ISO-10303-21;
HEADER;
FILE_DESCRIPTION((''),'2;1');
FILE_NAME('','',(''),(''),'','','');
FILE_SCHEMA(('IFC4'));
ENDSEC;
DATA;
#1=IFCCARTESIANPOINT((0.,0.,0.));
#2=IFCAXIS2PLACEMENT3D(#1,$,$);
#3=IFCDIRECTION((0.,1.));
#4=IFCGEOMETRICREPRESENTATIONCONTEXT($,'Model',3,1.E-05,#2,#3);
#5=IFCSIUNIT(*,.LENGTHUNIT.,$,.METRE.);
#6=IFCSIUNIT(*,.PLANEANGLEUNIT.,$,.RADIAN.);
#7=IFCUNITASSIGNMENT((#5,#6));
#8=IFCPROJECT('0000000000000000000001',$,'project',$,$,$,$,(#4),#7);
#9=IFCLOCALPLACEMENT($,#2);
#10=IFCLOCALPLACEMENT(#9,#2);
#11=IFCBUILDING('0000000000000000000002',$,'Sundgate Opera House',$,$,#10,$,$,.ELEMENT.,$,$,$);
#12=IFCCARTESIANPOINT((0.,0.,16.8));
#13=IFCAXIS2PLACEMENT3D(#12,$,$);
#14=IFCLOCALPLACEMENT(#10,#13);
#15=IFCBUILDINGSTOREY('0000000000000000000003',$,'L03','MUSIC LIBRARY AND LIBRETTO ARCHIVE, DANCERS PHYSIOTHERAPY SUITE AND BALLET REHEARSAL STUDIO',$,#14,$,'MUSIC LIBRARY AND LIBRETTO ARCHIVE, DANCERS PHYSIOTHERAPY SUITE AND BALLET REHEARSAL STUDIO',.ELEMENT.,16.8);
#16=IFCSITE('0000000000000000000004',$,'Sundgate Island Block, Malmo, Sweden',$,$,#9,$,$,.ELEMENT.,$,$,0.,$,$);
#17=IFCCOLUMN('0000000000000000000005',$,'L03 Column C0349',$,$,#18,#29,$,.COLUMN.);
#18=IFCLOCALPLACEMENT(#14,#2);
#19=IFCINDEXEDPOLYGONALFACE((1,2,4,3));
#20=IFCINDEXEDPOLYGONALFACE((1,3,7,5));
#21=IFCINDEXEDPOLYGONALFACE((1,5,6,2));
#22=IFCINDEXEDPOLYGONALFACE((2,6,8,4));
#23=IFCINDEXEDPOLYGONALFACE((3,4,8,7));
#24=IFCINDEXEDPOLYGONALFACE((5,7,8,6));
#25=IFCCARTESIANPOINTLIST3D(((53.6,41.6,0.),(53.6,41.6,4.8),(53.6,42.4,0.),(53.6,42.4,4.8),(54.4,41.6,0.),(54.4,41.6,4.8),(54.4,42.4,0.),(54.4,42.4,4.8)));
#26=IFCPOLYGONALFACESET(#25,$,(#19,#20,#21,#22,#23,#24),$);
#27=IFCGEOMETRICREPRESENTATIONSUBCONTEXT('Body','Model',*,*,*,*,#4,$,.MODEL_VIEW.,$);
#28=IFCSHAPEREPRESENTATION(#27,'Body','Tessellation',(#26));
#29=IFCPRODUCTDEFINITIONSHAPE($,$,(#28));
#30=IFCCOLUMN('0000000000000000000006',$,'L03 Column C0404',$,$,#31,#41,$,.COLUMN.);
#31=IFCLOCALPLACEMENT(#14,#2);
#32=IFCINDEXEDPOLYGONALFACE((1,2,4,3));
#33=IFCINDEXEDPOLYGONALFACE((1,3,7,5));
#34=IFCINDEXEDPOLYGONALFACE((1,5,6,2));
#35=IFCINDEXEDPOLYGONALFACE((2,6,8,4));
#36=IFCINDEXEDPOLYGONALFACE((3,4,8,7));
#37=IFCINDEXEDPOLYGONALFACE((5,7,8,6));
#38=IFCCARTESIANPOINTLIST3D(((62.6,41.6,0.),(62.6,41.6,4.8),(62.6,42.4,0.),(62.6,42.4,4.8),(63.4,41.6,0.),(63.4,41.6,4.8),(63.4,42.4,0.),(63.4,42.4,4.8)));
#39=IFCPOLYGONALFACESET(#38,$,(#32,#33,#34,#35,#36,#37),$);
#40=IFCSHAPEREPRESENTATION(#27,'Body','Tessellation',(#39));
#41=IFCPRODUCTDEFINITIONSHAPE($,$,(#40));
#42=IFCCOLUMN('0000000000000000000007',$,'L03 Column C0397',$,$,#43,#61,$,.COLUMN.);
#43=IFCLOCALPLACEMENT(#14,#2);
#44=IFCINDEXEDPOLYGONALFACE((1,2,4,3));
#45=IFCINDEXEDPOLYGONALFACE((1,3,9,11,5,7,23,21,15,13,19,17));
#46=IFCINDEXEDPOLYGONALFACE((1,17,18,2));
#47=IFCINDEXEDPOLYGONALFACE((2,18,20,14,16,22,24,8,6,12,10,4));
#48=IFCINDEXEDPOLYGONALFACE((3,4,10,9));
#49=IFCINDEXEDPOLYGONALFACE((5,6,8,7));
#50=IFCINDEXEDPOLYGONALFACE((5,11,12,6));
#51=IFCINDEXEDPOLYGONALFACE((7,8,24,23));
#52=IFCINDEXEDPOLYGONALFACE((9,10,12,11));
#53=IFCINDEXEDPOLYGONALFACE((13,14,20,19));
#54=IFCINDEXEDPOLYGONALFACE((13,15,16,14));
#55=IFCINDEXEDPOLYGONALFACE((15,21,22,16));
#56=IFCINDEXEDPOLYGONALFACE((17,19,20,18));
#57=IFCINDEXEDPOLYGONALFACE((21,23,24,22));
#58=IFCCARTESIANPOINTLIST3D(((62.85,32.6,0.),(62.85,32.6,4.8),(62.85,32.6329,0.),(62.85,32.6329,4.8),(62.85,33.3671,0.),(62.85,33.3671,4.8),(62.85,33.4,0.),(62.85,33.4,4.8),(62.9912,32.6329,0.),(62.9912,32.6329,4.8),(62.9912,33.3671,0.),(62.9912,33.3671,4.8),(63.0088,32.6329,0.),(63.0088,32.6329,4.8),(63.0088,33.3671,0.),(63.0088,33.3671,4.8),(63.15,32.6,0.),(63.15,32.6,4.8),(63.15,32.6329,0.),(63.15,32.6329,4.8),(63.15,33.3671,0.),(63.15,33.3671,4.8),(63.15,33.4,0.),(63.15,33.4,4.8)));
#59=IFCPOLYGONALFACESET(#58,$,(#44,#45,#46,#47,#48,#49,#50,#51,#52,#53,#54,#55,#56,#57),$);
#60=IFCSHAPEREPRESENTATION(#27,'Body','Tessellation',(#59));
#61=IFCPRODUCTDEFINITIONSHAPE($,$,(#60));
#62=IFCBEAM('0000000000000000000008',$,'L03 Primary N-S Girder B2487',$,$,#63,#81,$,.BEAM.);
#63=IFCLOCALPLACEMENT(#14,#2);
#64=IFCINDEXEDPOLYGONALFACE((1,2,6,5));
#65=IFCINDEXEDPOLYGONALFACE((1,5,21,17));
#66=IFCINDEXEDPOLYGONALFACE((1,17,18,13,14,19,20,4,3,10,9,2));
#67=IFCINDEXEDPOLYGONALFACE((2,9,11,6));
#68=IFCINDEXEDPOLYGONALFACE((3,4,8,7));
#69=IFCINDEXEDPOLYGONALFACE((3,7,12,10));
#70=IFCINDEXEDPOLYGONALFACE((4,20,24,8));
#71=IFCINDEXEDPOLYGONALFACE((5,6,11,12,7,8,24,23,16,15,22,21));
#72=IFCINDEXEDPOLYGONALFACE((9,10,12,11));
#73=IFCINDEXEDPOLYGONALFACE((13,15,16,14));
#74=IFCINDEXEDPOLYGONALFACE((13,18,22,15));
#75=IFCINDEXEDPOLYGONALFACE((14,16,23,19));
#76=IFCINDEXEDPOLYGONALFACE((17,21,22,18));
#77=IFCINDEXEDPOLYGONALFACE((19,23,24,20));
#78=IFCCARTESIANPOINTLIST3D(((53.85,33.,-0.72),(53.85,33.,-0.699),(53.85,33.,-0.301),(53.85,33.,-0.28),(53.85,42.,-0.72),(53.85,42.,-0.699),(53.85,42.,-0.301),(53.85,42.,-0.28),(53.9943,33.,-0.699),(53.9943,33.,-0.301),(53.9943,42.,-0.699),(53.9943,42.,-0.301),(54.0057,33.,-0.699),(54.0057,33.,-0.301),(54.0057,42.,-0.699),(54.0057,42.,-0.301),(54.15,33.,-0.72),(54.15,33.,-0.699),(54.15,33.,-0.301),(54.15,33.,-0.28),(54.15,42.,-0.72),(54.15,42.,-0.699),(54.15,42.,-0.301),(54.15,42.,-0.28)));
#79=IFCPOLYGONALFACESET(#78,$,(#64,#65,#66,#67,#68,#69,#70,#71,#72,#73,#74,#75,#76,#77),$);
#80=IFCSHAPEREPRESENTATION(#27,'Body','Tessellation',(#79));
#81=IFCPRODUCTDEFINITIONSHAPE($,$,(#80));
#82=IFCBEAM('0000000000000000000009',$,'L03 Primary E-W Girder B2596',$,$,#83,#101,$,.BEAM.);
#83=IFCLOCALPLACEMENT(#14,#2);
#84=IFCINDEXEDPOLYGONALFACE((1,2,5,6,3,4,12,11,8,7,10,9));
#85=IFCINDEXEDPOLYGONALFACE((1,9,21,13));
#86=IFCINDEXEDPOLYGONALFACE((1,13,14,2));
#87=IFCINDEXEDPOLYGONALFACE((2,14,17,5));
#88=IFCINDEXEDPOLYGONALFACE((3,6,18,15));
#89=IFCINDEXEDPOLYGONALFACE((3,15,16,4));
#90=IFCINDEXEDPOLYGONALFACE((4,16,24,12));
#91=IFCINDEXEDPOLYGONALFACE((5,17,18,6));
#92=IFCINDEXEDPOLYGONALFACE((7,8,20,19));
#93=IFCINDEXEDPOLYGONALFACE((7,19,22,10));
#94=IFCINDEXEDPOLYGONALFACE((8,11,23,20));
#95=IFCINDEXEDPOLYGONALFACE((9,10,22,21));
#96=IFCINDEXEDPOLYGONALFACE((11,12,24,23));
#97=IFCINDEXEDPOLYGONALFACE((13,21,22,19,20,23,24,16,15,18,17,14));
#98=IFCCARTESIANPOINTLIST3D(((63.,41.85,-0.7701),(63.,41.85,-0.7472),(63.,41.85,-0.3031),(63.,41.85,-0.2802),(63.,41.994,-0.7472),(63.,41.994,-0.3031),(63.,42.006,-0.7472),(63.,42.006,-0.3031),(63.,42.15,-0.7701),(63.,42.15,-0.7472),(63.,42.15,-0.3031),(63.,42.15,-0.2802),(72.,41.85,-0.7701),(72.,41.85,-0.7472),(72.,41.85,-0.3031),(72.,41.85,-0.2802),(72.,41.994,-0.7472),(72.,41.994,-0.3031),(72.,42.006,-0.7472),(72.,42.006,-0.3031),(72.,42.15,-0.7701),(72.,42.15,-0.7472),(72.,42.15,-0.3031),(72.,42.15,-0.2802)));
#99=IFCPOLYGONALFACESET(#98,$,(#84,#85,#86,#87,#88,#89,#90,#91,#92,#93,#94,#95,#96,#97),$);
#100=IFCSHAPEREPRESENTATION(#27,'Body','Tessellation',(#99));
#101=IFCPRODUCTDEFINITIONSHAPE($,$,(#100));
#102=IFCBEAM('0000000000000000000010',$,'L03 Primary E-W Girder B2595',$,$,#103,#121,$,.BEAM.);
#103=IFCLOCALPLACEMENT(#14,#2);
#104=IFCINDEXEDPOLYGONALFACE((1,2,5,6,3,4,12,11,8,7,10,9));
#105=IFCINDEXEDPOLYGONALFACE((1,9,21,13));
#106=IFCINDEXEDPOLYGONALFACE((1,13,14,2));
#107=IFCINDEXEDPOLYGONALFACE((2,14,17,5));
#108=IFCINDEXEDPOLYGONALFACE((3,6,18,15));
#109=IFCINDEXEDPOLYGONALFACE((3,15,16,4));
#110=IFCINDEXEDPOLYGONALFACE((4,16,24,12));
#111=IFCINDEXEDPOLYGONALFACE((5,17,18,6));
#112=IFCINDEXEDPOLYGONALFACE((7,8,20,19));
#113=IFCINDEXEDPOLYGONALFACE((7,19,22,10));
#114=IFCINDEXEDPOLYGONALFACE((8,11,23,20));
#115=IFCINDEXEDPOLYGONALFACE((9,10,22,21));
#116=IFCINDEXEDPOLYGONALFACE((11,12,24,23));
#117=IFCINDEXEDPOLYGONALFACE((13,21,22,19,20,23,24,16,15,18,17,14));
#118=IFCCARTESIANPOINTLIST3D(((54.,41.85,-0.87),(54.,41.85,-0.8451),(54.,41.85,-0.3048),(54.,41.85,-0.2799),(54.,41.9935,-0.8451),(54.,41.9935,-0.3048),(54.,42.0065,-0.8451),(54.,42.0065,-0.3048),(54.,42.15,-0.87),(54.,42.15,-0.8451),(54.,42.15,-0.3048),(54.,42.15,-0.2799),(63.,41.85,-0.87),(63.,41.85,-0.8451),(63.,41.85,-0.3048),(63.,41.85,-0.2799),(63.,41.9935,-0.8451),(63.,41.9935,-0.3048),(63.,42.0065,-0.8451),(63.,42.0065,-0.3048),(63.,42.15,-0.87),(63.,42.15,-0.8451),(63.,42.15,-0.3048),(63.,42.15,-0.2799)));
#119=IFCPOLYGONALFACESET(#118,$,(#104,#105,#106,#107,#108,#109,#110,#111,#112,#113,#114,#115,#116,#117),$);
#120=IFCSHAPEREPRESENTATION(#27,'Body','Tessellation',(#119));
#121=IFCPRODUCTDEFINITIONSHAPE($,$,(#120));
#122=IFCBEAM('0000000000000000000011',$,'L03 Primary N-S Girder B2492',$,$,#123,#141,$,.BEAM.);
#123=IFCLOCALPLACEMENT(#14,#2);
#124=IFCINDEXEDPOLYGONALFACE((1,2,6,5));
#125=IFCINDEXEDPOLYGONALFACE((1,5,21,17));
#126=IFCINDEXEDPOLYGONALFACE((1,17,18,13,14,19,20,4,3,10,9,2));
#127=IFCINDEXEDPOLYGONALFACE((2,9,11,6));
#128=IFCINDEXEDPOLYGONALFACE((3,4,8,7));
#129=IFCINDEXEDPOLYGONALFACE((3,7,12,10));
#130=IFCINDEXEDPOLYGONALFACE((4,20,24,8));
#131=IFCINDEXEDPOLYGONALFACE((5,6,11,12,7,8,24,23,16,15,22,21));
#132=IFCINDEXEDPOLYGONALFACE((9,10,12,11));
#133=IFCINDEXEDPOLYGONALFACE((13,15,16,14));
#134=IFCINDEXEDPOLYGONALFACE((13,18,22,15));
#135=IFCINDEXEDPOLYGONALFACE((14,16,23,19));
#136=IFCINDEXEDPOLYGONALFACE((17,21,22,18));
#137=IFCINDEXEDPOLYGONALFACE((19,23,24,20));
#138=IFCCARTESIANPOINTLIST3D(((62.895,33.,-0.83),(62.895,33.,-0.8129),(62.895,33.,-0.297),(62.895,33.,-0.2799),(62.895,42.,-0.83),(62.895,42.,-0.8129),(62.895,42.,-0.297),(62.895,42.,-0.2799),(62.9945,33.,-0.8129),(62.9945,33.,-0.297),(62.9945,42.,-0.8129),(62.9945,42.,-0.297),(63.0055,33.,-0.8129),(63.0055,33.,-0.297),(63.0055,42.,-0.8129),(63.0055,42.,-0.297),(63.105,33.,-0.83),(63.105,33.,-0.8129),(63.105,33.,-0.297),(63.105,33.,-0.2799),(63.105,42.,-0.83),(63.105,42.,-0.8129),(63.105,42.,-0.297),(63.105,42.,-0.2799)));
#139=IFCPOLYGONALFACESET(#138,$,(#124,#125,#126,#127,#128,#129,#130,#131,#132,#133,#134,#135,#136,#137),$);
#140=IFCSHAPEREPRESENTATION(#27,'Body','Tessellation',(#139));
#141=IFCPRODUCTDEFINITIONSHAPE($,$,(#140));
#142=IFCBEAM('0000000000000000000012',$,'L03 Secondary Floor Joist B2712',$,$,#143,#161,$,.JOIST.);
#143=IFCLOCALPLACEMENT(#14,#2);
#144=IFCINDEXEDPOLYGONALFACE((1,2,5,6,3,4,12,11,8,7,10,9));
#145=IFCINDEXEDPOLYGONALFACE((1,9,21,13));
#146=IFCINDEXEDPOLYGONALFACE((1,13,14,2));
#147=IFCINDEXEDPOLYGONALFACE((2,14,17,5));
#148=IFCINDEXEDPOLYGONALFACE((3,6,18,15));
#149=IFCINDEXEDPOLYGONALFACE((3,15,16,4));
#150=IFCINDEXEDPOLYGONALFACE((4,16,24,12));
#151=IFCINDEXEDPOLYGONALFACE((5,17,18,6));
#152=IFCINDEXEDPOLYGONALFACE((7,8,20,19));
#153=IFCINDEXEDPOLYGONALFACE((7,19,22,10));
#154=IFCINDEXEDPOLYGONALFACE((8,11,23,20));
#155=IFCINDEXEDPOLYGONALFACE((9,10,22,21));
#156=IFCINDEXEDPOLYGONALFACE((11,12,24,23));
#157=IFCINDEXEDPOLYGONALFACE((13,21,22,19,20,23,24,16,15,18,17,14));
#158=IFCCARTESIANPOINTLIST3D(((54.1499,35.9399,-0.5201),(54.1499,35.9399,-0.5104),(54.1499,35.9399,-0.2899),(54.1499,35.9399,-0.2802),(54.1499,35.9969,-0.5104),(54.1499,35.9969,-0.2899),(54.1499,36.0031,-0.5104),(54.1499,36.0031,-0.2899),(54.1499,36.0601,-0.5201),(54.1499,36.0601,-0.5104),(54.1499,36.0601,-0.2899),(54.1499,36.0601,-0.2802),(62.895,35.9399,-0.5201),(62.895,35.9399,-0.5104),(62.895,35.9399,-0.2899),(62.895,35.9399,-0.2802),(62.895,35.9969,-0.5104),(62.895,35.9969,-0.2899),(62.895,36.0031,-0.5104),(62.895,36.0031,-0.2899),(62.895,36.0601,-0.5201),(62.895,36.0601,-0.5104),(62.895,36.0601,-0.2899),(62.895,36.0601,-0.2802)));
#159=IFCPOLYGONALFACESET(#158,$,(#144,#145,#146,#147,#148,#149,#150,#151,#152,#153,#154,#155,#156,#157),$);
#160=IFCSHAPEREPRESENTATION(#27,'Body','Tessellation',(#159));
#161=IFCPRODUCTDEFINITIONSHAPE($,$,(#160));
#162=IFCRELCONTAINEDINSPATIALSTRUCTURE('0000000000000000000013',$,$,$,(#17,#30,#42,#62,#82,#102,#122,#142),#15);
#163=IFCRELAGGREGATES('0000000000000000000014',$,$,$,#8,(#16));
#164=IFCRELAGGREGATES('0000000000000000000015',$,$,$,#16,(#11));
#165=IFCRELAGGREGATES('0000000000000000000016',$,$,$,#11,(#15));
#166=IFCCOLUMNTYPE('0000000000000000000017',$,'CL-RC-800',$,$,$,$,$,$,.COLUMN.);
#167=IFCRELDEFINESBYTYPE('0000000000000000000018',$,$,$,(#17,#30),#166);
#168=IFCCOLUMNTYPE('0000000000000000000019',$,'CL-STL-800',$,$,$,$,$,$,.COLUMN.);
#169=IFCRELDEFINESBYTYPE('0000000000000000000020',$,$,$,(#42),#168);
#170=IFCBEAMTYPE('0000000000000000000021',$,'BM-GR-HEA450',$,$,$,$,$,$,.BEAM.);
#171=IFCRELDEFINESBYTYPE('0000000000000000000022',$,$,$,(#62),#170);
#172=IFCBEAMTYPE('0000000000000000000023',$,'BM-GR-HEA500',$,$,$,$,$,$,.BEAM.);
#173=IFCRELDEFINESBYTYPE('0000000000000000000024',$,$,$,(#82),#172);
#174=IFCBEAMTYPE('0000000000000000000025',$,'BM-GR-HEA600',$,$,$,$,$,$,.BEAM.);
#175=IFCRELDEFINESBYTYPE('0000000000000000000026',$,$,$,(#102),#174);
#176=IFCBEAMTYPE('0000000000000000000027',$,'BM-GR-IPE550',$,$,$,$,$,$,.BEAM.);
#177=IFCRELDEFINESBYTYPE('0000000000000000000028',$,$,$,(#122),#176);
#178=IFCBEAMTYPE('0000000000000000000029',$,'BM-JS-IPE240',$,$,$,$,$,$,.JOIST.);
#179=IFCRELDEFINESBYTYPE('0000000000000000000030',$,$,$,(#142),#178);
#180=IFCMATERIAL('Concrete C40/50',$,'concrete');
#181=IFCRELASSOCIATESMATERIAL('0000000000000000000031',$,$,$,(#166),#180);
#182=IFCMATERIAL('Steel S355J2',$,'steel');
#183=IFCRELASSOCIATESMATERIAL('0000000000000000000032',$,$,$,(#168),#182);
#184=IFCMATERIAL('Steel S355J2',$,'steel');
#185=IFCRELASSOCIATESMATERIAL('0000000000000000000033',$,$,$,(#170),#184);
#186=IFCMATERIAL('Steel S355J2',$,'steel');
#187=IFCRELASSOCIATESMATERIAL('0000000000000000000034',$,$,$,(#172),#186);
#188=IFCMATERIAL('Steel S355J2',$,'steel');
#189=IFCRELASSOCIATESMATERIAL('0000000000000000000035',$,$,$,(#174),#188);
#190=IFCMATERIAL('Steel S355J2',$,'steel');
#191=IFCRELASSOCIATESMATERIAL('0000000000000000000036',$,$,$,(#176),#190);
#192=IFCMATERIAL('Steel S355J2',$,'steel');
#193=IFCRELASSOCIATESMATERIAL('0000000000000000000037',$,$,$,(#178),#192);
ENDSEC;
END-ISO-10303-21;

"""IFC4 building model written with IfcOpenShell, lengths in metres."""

from ifc_helpers import new_model, si_unit, direction, frame, origin, origin_2d, place, context, subcontext, project, spatial, rectangle, i_section, extrude, material, material_profile, profile_set, type_object, element, save


model = new_model("IFC4")

# Units and contexts
model_context = context("Model", 3, precision=1e-05, world=origin(), true_north=direction((0.0, 1.0)))
body_context = subcontext(model_context, "Body", "Model", "MODEL_VIEW")
ifc_project = project(units=[si_unit("LENGTHUNIT", "METRE"), si_unit("PLANEANGLEUNIT", "RADIAN")], contexts=[model_context])

# Site, building, storey
site_placement = place(None, origin())
site = spatial("IfcSite", under=ifc_project, at=site_placement, Name="Sundgate Island Block, Malmo, Sweden", CompositionType="ELEMENT", RefElevation=0.0)
building_placement = place(site_placement, origin())
building = spatial("IfcBuilding", under=site, at=building_placement, Name="Sundgate Opera House", CompositionType="ELEMENT")
storey_placement = place(building_placement, frame((0.0, 0.0, 16.8)))
storey = spatial("IfcBuildingStorey", under=building, at=storey_placement, Name="L03", Description="MUSIC LIBRARY AND LIBRETTO ARCHIVE, DANCERS PHYSIOTHERAPY SUITE AND BALLET REHEARSAL STUDIO", LongName="MUSIC LIBRARY AND LIBRETTO ARCHIVE, DANCERS PHYSIOTHERAPY SUITE AND BALLET REHEARSAL STUDIO", CompositionType="ELEMENT", Elevation=16.8)

# Columns
ifc_material_1 = material(Name="Concrete C40/50", Category="concrete")
ifc_material_profile_1 = material_profile(ifc_material_1, rectangle(XDim=0.8, YDim=0.8, at=origin_2d()), Name="RC 800x800")
ifc_profile_set_1 = profile_set([ifc_material_profile_1], Name="Concrete C40/50")
column_type_1 = type_object("IfcColumnType", Name="CL-RC-800", PredefinedType="COLUMN", material=ifc_profile_set_1)
for number, where, z_axis, x_axis, name in (
    (1, (54.0, 42.0, 0.0), (0.0, 0.0, 1.0), (1.0, 0.0, 0.0), "L03 Column C0349"),
    (2, (63.0, 42.0, 0.0), (0.0, 0.0, 1.0), (1.0, 0.0, 0.0), "L03 Column C0404"),
):
    element("IfcColumn", number, at=place(storey_placement, frame(where, z_axis=z_axis, x_axis=x_axis)), inside=storey, type_object=column_type_1, Name=name, PredefinedType="COLUMN", context=body_context, shape_type="SweptSolid", body=[
        extrude(rectangle(XDim=0.8, YDim=0.8, at=origin_2d()), origin(), (0.0, 0.0, 1.0), 4.8),
    ])
ifc_material_2 = material(Name="Steel S355J2", Category="steel")
ifc_material_profile_2 = material_profile(ifc_material_2, i_section(OverallWidth=0.3, OverallDepth=0.8, WebThickness=0.0176, FlangeThickness=0.033, at=origin_2d()), Name="HEB 800")
ifc_profile_set_2 = profile_set([ifc_material_profile_2], Name="Steel S355J2")
column_type_2 = type_object("IfcColumnType", Name="CL-STL-800", PredefinedType="COLUMN", material=ifc_profile_set_2)
column_placement = place(storey_placement, frame((63.0, 33.0, 0.0), z_axis=(0.0, 0.0, 1.0), x_axis=(1.0, 0.0, 0.0)))
element("IfcColumn", 3, at=column_placement, inside=storey, type_object=column_type_2, Name="L03 Column C0397", PredefinedType="COLUMN", context=body_context, shape_type="SweptSolid", body=[
    extrude(i_section(OverallWidth=0.3, OverallDepth=0.8, WebThickness=0.0176, FlangeThickness=0.033, at=origin_2d()), origin(), (0.0, 0.0, 1.0), 4.8),
])

# Beams
ifc_material_3 = material(Name="Steel S355J2", Category="steel")
ifc_material_profile_3 = material_profile(ifc_material_3, i_section(OverallWidth=0.3, OverallDepth=0.4399, WebThickness=0.0115, FlangeThickness=0.021, at=origin_2d()), Name="HEA 450")
ifc_profile_set_3 = profile_set([ifc_material_profile_3], Name="Steel S355J2")
beam_type_1 = type_object("IfcBeamType", Name="BM-GR-HEA450", PredefinedType="BEAM", material=ifc_profile_set_3)
beam_1_placement = place(storey_placement, frame((54.0, 33.0, -0.5), z_axis=(0.0, 1.0, 0.0), x_axis=(-1.0, 0.0, 0.0)))
element("IfcBeam", 4, at=beam_1_placement, inside=storey, type_object=beam_type_1, Name="L03 Primary N-S Girder B2487", PredefinedType="BEAM", context=body_context, shape_type="SweptSolid", body=[
    extrude(i_section(OverallWidth=0.3, OverallDepth=0.4399, WebThickness=0.0115, FlangeThickness=0.021, at=origin_2d()), origin(), (0.0, 0.0, 1.0), 9.0),
])
ifc_material_4 = material(Name="Steel S355J2", Category="steel")
ifc_material_profile_4 = material_profile(ifc_material_4, i_section(OverallWidth=0.3, OverallDepth=0.49, WebThickness=0.012, FlangeThickness=0.0229, at=origin_2d()), Name="HEA 500")
ifc_profile_set_4 = profile_set([ifc_material_profile_4], Name="Steel S355J2")
beam_type_2 = type_object("IfcBeamType", Name="BM-GR-HEA500", PredefinedType="BEAM", material=ifc_profile_set_4)
beam_2_placement = place(storey_placement, frame((63.0, 42.0, -0.5251), z_axis=(1.0, 0.0, 0.0), x_axis=(0.0, 1.0, 0.0)))
element("IfcBeam", 5, at=beam_2_placement, inside=storey, type_object=beam_type_2, Name="L03 Primary E-W Girder B2596", PredefinedType="BEAM", context=body_context, shape_type="SweptSolid", body=[
    extrude(i_section(OverallWidth=0.3, OverallDepth=0.49, WebThickness=0.012, FlangeThickness=0.0229, at=origin_2d()), origin(), (0.0, 0.0, 1.0), 9.0),
])
ifc_material_5 = material(Name="Steel S355J2", Category="steel")
ifc_material_profile_5 = material_profile(ifc_material_5, i_section(OverallWidth=0.3, OverallDepth=0.5901, WebThickness=0.0129, FlangeThickness=0.0249, at=origin_2d()), Name="HEA 600")
ifc_profile_set_5 = profile_set([ifc_material_profile_5], Name="Steel S355J2")
beam_type_3 = type_object("IfcBeamType", Name="BM-GR-HEA600", PredefinedType="BEAM", material=ifc_profile_set_5)
beam_3_placement = place(storey_placement, frame((54.0, 42.0, -0.575), z_axis=(1.0, 0.0, 0.0), x_axis=(0.0, 1.0, 0.0)))
element("IfcBeam", 6, at=beam_3_placement, inside=storey, type_object=beam_type_3, Name="L03 Primary E-W Girder B2595", PredefinedType="BEAM", context=body_context, shape_type="SweptSolid", body=[
    extrude(i_section(OverallWidth=0.3, OverallDepth=0.5901, WebThickness=0.0129, FlangeThickness=0.0249, at=origin_2d()), origin(), (0.0, 0.0, 1.0), 9.0),
])
ifc_material_6 = material(Name="Steel S355J2", Category="steel")
ifc_material_profile_6 = material_profile(ifc_material_6, i_section(OverallWidth=0.21, OverallDepth=0.55, WebThickness=0.011, FlangeThickness=0.0171, at=origin_2d()), Name="IPE 550")
ifc_profile_set_6 = profile_set([ifc_material_profile_6], Name="Steel S355J2")
beam_type_4 = type_object("IfcBeamType", Name="BM-GR-IPE550", PredefinedType="BEAM", material=ifc_profile_set_6)
beam_4_placement = place(storey_placement, frame((63.0, 33.0, -0.5549), z_axis=(0.0, 1.0, 0.0), x_axis=(-1.0, 0.0, 0.0)))
element("IfcBeam", 7, at=beam_4_placement, inside=storey, type_object=beam_type_4, Name="L03 Primary N-S Girder B2492", PredefinedType="BEAM", context=body_context, shape_type="SweptSolid", body=[
    extrude(i_section(OverallWidth=0.21, OverallDepth=0.55, WebThickness=0.011, FlangeThickness=0.0171, at=origin_2d()), origin(), (0.0, 0.0, 1.0), 9.0),
])
ifc_material_7 = material(Name="Steel S355J2", Category="steel")
ifc_material_profile_7 = material_profile(ifc_material_7, i_section(OverallWidth=0.1201, OverallDepth=0.24, WebThickness=0.0061, FlangeThickness=0.0098, at=origin_2d()), Name="IPE 240")
ifc_profile_set_7 = profile_set([ifc_material_profile_7], Name="Steel S355J2")
beam_type_5 = type_object("IfcBeamType", Name="BM-JS-IPE240", PredefinedType="JOIST", material=ifc_profile_set_7)
beam_5_placement = place(storey_placement, frame((54.1499, 36.0, -0.4001), z_axis=(1.0, 0.0, 0.0), x_axis=(0.0, 1.0, 0.0)))
element("IfcBeam", 8, at=beam_5_placement, inside=storey, type_object=beam_type_5, Name="L03 Secondary Floor Joist B2712", PredefinedType="JOIST", context=body_context, shape_type="SweptSolid", body=[
    extrude(i_section(OverallWidth=0.1201, OverallDepth=0.24, WebThickness=0.0061, FlangeThickness=0.0098, at=origin_2d()), origin(), (0.0, 0.0, 1.0), 8.7451),
])

save(model, "model.ifc")
